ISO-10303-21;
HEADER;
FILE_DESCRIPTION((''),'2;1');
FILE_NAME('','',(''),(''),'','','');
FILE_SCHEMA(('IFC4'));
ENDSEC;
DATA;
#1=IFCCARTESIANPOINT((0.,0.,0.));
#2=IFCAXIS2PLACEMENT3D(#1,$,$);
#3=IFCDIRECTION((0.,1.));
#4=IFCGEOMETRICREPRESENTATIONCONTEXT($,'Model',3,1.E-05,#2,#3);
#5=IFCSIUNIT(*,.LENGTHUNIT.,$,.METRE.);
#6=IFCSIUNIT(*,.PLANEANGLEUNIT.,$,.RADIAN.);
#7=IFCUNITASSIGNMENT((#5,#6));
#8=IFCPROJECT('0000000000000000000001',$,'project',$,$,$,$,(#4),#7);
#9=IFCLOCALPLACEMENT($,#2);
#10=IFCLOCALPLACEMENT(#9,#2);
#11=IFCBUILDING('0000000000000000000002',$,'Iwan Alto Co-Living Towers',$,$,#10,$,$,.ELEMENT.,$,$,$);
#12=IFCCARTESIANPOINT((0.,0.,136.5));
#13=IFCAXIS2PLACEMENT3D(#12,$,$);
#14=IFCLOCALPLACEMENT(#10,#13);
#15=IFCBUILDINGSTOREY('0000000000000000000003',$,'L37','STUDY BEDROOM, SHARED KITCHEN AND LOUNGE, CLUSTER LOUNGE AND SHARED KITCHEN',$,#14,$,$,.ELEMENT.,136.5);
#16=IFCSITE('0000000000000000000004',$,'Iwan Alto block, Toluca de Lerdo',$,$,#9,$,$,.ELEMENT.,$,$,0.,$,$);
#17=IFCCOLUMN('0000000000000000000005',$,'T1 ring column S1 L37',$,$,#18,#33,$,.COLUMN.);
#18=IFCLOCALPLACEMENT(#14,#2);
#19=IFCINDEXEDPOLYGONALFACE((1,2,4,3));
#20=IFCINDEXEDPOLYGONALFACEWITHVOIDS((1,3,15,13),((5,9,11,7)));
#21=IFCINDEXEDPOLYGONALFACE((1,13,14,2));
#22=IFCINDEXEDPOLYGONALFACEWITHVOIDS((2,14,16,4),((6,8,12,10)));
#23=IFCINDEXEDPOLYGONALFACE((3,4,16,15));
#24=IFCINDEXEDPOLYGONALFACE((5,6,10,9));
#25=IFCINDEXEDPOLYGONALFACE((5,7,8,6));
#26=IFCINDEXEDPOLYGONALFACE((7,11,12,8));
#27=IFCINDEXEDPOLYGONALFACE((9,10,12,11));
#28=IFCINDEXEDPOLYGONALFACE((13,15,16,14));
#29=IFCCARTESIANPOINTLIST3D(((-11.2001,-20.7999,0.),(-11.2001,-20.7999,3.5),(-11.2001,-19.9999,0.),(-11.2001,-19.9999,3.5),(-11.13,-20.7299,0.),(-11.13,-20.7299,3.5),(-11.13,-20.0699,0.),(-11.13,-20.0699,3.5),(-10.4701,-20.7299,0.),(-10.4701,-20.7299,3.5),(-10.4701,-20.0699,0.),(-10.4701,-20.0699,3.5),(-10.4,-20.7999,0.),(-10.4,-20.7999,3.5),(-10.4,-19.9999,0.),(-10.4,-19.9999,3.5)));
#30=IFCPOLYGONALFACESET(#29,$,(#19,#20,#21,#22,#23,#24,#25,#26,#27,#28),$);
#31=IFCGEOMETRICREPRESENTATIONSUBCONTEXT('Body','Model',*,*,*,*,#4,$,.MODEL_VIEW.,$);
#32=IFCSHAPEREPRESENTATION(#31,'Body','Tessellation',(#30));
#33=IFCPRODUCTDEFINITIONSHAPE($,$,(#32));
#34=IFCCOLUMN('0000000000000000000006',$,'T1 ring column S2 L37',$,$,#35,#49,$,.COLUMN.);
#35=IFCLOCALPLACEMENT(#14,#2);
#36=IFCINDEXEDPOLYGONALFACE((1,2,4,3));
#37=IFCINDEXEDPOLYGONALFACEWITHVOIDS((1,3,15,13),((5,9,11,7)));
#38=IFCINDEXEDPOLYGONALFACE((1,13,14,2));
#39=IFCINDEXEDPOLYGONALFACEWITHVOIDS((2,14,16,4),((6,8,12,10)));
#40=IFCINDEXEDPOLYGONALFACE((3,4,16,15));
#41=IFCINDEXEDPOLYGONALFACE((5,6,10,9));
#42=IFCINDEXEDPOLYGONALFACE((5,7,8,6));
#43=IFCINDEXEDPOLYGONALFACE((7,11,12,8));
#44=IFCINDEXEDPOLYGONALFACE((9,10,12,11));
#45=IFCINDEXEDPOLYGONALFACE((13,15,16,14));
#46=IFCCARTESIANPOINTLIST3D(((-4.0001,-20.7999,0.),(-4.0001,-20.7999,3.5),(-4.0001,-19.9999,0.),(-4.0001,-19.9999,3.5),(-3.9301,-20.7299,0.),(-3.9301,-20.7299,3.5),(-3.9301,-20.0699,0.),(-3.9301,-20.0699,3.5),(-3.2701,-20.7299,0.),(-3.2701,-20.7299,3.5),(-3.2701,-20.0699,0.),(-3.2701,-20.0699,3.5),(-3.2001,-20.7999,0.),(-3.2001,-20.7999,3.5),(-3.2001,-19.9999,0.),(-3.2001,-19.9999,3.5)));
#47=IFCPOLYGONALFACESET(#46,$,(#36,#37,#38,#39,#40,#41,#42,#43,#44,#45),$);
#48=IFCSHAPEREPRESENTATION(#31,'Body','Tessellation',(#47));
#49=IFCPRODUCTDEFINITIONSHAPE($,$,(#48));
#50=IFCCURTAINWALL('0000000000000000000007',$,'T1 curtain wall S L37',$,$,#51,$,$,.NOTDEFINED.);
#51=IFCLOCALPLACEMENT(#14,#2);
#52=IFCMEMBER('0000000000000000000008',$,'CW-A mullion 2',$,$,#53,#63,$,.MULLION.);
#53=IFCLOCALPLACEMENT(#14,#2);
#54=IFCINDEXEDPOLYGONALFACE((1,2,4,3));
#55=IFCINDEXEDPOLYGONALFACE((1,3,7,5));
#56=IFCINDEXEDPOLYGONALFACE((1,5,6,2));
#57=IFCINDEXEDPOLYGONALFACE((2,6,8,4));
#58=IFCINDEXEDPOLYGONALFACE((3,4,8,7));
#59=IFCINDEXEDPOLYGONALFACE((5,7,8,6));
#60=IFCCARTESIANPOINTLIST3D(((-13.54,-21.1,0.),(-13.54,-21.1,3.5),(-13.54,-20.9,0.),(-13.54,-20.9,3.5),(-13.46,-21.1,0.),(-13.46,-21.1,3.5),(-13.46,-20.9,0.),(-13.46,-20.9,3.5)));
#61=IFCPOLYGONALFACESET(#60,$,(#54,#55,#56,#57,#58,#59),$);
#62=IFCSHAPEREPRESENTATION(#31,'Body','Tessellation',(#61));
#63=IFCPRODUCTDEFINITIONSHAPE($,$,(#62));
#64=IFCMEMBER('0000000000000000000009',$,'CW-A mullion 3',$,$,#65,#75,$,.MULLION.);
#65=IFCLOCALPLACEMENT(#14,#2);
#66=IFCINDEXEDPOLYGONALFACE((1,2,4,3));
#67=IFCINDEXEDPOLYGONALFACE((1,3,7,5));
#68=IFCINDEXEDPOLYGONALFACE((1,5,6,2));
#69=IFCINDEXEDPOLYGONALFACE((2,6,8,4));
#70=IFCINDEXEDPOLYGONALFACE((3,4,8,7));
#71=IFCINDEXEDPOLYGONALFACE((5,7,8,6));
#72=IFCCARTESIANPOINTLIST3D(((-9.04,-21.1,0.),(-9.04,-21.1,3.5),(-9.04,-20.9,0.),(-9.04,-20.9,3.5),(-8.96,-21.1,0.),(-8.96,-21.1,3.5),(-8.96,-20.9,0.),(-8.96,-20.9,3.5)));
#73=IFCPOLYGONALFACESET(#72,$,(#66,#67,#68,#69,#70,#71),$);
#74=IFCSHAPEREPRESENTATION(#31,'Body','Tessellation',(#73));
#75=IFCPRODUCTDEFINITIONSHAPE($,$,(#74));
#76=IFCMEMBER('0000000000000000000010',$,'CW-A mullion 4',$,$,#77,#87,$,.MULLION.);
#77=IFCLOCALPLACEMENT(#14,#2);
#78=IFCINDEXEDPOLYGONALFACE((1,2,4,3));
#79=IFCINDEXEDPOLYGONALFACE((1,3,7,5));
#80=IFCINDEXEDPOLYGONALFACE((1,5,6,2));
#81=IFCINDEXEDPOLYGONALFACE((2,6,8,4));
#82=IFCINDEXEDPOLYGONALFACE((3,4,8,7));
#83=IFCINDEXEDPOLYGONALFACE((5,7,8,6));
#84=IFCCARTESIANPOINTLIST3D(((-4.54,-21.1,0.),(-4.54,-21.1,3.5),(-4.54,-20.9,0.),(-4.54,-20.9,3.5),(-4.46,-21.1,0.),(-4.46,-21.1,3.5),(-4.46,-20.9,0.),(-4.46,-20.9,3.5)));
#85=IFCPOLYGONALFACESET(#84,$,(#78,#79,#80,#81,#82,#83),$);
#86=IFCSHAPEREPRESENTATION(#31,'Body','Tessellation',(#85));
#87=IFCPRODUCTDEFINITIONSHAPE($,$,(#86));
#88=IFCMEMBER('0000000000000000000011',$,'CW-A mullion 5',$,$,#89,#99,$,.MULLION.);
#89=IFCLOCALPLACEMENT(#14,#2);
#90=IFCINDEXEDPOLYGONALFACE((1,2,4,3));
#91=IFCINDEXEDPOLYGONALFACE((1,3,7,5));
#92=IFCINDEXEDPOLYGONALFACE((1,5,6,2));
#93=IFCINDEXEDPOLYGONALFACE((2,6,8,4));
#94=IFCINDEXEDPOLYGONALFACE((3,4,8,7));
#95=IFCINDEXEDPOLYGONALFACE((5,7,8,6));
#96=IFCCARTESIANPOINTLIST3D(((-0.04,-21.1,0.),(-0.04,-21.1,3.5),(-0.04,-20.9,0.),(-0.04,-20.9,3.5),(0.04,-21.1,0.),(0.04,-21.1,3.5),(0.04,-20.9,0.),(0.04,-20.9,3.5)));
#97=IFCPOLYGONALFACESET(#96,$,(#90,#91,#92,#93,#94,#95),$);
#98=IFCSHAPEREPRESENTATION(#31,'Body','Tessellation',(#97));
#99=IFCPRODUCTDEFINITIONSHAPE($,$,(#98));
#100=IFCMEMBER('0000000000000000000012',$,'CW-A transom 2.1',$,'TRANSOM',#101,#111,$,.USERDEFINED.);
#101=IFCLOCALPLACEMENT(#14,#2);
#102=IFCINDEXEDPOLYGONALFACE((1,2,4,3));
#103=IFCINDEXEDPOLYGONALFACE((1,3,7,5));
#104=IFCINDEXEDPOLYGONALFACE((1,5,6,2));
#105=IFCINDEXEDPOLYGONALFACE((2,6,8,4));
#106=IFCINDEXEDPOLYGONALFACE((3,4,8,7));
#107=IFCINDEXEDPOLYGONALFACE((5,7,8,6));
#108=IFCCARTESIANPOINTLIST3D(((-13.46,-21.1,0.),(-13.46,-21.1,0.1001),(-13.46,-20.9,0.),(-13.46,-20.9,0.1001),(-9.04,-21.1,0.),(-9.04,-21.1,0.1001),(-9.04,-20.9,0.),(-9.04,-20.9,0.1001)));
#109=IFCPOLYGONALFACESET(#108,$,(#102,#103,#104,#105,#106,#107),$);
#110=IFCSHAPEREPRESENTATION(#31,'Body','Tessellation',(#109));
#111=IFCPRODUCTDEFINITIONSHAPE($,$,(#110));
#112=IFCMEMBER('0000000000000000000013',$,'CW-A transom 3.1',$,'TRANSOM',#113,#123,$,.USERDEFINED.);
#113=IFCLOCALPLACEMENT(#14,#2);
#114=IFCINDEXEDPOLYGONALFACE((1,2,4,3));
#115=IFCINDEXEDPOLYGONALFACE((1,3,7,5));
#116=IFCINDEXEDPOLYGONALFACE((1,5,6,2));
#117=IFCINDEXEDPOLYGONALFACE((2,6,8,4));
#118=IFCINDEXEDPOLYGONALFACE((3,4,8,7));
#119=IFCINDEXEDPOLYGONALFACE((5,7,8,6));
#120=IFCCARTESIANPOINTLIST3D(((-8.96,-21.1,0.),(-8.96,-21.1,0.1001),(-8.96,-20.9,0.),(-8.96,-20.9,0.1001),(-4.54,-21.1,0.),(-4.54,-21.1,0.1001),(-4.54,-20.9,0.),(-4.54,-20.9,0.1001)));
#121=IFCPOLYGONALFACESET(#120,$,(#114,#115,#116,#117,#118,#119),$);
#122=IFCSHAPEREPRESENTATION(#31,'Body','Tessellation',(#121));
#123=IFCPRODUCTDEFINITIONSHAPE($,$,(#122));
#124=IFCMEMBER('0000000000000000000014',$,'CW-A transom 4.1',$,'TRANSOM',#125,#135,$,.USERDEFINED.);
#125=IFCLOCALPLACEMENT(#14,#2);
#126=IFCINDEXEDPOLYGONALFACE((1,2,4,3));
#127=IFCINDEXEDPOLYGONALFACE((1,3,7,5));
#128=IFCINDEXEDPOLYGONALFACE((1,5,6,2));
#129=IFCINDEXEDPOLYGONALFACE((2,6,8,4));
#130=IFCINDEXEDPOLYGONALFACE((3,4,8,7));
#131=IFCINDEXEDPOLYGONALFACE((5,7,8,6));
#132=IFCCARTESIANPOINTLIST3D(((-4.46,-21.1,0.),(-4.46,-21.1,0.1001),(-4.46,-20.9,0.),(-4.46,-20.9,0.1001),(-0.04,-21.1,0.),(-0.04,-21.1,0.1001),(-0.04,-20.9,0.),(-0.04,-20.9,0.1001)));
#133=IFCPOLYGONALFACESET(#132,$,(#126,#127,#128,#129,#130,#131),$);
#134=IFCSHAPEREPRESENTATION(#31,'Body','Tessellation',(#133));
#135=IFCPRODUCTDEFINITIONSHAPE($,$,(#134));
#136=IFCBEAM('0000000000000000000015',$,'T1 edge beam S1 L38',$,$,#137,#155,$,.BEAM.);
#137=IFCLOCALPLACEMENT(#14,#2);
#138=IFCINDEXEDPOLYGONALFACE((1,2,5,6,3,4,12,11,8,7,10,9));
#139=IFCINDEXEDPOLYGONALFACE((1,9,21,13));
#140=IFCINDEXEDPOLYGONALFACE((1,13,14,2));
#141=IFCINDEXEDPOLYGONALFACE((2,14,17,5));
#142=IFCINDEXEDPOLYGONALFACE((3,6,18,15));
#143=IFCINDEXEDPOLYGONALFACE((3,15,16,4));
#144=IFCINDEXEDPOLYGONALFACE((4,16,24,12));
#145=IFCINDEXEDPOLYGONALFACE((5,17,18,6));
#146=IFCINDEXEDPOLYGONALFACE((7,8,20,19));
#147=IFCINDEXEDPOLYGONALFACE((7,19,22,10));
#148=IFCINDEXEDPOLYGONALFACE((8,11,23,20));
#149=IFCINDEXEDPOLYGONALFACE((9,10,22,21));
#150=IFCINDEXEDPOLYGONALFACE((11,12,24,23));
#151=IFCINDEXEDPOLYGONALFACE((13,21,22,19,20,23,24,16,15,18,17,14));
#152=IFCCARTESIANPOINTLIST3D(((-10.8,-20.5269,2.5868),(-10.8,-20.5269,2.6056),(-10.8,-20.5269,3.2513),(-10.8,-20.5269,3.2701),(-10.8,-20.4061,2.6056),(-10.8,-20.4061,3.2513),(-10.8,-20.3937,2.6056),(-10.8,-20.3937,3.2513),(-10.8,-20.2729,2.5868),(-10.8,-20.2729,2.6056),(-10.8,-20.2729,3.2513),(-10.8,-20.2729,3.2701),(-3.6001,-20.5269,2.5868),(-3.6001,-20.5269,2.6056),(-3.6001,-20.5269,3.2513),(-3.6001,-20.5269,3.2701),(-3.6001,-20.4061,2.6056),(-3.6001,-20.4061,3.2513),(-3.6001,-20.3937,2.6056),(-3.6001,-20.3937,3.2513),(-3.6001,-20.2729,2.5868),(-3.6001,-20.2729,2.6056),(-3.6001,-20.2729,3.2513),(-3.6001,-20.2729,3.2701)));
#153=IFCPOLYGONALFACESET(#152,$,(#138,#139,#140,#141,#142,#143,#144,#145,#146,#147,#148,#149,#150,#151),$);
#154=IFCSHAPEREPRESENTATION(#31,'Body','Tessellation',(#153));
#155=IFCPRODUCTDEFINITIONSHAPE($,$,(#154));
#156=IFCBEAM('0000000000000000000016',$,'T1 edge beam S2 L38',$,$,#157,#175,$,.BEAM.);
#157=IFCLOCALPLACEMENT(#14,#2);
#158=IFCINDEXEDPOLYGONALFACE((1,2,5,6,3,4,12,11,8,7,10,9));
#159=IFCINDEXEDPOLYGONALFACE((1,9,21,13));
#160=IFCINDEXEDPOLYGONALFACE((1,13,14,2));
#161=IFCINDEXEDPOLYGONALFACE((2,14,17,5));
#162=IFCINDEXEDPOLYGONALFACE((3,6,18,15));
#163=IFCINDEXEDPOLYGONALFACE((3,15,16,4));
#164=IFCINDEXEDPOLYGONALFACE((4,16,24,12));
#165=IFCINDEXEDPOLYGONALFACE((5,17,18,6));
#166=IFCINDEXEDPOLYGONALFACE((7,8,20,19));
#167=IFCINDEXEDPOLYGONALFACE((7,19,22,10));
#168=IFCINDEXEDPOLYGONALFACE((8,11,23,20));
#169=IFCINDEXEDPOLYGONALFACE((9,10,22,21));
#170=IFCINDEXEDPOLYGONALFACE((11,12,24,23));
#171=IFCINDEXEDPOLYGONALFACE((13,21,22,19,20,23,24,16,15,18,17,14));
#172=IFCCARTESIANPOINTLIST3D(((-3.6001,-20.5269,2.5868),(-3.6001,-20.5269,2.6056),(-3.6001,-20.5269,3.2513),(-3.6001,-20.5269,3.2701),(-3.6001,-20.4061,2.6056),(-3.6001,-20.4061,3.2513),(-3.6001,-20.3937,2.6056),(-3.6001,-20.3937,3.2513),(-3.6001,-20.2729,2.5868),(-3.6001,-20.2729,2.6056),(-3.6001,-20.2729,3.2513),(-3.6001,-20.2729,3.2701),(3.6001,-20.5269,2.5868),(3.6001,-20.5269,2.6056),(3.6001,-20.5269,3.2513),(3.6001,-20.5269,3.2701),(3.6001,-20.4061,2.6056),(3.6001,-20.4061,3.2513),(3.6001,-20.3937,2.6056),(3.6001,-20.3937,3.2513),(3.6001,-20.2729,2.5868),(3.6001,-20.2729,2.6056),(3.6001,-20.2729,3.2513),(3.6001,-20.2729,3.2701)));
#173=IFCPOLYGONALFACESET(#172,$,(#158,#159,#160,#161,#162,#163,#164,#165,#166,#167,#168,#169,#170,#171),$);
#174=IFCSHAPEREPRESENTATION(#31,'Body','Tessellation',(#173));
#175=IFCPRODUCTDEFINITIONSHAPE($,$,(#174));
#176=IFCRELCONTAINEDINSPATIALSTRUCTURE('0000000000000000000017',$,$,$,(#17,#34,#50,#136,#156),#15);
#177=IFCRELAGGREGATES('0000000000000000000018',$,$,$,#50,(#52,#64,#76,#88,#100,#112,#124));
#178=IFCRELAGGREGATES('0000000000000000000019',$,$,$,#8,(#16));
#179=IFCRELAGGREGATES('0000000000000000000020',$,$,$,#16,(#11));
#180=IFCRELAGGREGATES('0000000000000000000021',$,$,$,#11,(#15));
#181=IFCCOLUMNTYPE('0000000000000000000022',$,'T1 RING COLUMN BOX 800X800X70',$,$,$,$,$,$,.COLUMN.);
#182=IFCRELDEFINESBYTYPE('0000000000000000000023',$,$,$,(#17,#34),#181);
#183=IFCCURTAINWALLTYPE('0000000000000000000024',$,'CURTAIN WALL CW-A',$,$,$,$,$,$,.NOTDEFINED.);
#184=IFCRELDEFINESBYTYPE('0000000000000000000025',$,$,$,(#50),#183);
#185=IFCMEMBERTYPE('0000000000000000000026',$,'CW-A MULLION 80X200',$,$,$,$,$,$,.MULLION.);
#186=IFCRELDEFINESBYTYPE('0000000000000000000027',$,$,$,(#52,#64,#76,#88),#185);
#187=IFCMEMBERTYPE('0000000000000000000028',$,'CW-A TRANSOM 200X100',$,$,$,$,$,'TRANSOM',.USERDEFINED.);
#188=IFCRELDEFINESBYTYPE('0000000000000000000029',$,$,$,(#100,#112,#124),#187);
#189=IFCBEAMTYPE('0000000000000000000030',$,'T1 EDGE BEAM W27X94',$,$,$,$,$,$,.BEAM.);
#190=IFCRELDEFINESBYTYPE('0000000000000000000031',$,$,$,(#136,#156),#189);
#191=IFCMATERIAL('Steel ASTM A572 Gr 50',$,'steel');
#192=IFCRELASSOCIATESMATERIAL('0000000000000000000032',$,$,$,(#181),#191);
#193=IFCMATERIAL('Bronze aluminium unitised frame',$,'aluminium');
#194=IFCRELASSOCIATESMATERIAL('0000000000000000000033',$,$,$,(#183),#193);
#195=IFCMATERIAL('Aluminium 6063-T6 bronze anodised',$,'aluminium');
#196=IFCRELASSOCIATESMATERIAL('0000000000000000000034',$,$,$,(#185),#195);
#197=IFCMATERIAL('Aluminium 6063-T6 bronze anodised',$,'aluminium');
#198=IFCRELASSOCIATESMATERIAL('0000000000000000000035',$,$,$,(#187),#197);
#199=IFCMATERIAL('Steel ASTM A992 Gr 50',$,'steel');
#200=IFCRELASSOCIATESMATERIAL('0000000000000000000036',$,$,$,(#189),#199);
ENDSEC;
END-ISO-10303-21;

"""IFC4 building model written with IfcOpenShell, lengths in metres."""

from ifc_helpers import new_model, si_unit, direction, frame, origin, origin_2d, place, context, subcontext, project, spatial, rectangle, hollow_rectangle, i_section, extrude, material, material_profile, profile_set, type_object, element, aggregate, save


model = new_model("IFC4")

# Units and contexts
model_context = context("Model", 3, precision=1e-05, world=origin(), true_north=direction((0.0, 1.0)))
body_context = subcontext(model_context, "Body", "Model", "MODEL_VIEW")
ifc_project = project(units=[si_unit("LENGTHUNIT", "METRE"), si_unit("PLANEANGLEUNIT", "RADIAN")], contexts=[model_context])

# Site, building, storey
site_placement = place(None, origin())
site = spatial("IfcSite", under=ifc_project, at=site_placement, Name="Iwan Alto block, Toluca de Lerdo", CompositionType="ELEMENT", RefElevation=0.0)
building_placement = place(site_placement, origin())
building = spatial("IfcBuilding", under=site, at=building_placement, Name="Iwan Alto Co-Living Towers", CompositionType="ELEMENT")
storey_placement = place(building_placement, frame((0.0, 0.0, 136.5)))
storey = spatial("IfcBuildingStorey", under=building, at=storey_placement, Name="L37", Description="STUDY BEDROOM, SHARED KITCHEN AND LOUNGE, CLUSTER LOUNGE AND SHARED KITCHEN", CompositionType="ELEMENT", Elevation=136.5)

# Columns
ifc_material_1 = material(Name="Steel ASTM A572 Gr 50", Category="steel")
ifc_material_profile_1 = material_profile(ifc_material_1, hollow_rectangle(XDim=0.8, YDim=0.8, WallThickness=0.0701, at=origin_2d()), Name="BOX 800X800X70")
ifc_profile_set_1 = profile_set([ifc_material_profile_1], Name="Steel ASTM A572 Gr 50")
column_type = type_object("IfcColumnType", Name="T1 RING COLUMN BOX 800X800X70", PredefinedType="COLUMN", material=ifc_profile_set_1)
for number, where, z_axis, x_axis, name in (
    (1, (-10.8, -20.3999, 0.0), (0.0, 0.0, 1.0), (1.0, 0.0, 0.0), "T1 ring column S1 L37"),
    (2, (-3.6001, -20.3999, 0.0), (0.0, 0.0, 1.0), (1.0, 0.0, 0.0), "T1 ring column S2 L37"),
):
    element("IfcColumn", number, at=place(storey_placement, frame(where, z_axis=z_axis, x_axis=x_axis)), inside=storey, type_object=column_type, Name=name, PredefinedType="COLUMN", context=body_context, shape_type="SweptSolid", body=[
        extrude(hollow_rectangle(XDim=0.8, YDim=0.8, WallThickness=0.0701, at=origin_2d()), origin(), (0.0, 0.0, 1.0), 3.5),
    ])

# Curtain wall, members
ifc_material_2 = material(Name="Bronze aluminium unitised frame", Category="aluminium")
curtain_wall_type = type_object("IfcCurtainWallType", Name="CURTAIN WALL CW-A", PredefinedType="NOTDEFINED", material=ifc_material_2)
curtain_wall_placement = place(storey_placement, origin())
curtain_wall = element("IfcCurtainWall", 3, at=curtain_wall_placement, inside=storey, type_object=curtain_wall_type, Name="T1 curtain wall S L37", PredefinedType="NOTDEFINED")
ifc_material_3 = material(Name="Aluminium 6063-T6 bronze anodised", Category="aluminium")
ifc_material_profile_2 = material_profile(ifc_material_3, rectangle(XDim=0.2, YDim=0.0801, at=origin_2d()), Name="AL 80X200")
ifc_profile_set_2 = profile_set([ifc_material_profile_2], Name="Aluminium 6063-T6 bronze anodised")
member_type_1 = type_object("IfcMemberType", Name="CW-A MULLION 80X200", PredefinedType="MULLION", material=ifc_profile_set_2)
member_1_placement = place(storey_placement, frame((-13.5, -21.0, 0.0), z_axis=(0.0, 0.0, 1.0), x_axis=(0.0, 1.0, 0.0)))
member_1 = element("IfcMember", 4, at=member_1_placement, type_object=member_type_1, Name="CW-A mullion 2", PredefinedType="MULLION", context=body_context, shape_type="SweptSolid", body=[
    extrude(rectangle(XDim=0.2, YDim=0.0801, at=origin_2d()), origin(), (0.0, 0.0, 1.0), 3.5),
])
member_2_placement = place(storey_placement, frame((-9.0, -21.0, 0.0), z_axis=(0.0, 0.0, 1.0), x_axis=(0.0, 1.0, 0.0)))
member_2 = element("IfcMember", 5, at=member_2_placement, type_object=member_type_1, Name="CW-A mullion 3", PredefinedType="MULLION", context=body_context, shape_type="SweptSolid", body=[
    extrude(rectangle(XDim=0.2, YDim=0.0801, at=origin_2d()), origin(), (0.0, 0.0, 1.0), 3.5),
])
member_3_placement = place(storey_placement, frame((-4.5, -21.0, 0.0), z_axis=(0.0, 0.0, 1.0), x_axis=(0.0, 1.0, 0.0)))
member_3 = element("IfcMember", 6, at=member_3_placement, type_object=member_type_1, Name="CW-A mullion 4", PredefinedType="MULLION", context=body_context, shape_type="SweptSolid", body=[
    extrude(rectangle(XDim=0.2, YDim=0.0801, at=origin_2d()), origin(), (0.0, 0.0, 1.0), 3.5),
])
member_4_placement = place(storey_placement, frame((0.0, -21.0, 0.0), z_axis=(0.0, 0.0, 1.0), x_axis=(0.0, 1.0, 0.0)))
member_4 = element("IfcMember", 7, at=member_4_placement, type_object=member_type_1, Name="CW-A mullion 5", PredefinedType="MULLION", context=body_context, shape_type="SweptSolid", body=[
    extrude(rectangle(XDim=0.2, YDim=0.0801, at=origin_2d()), origin(), (0.0, 0.0, 1.0), 3.5),
])
ifc_material_4 = material(Name="Aluminium 6063-T6 bronze anodised", Category="aluminium")
ifc_material_profile_3 = material_profile(ifc_material_4, rectangle(XDim=0.2, YDim=0.1001, at=origin_2d()), Name="AL 200X100")
ifc_profile_set_3 = profile_set([ifc_material_profile_3], Name="Aluminium 6063-T6 bronze anodised")
member_type_2 = type_object("IfcMemberType", Name="CW-A TRANSOM 200X100", ElementType="TRANSOM", PredefinedType="USERDEFINED", material=ifc_profile_set_3)
member_5_placement = place(storey_placement, frame((-13.46, -21.0, 0.05), z_axis=(1.0, 0.0, 0.0), x_axis=(0.0, 1.0, 0.0)))
member_5 = element("IfcMember", 8, at=member_5_placement, type_object=member_type_2, Name="CW-A transom 2.1", ObjectType="TRANSOM", PredefinedType="USERDEFINED", context=body_context, shape_type="SweptSolid", body=[
    extrude(rectangle(XDim=0.2, YDim=0.1001, at=origin_2d()), origin(), (0.0, 0.0, 1.0), 4.4199),
])
member_6_placement = place(storey_placement, frame((-8.96, -21.0, 0.05), z_axis=(1.0, 0.0, 0.0), x_axis=(0.0, 1.0, 0.0)))
member_6 = element("IfcMember", 9, at=member_6_placement, type_object=member_type_2, Name="CW-A transom 3.1", ObjectType="TRANSOM", PredefinedType="USERDEFINED", context=body_context, shape_type="SweptSolid", body=[
    extrude(rectangle(XDim=0.2, YDim=0.1001, at=origin_2d()), origin(), (0.0, 0.0, 1.0), 4.4199),
])
member_7_placement = place(storey_placement, frame((-4.46, -21.0, 0.05), z_axis=(1.0, 0.0, 0.0), x_axis=(0.0, 1.0, 0.0)))
member_7 = element("IfcMember", 10, at=member_7_placement, type_object=member_type_2, Name="CW-A transom 4.1", ObjectType="TRANSOM", PredefinedType="USERDEFINED", context=body_context, shape_type="SweptSolid", body=[
    extrude(rectangle(XDim=0.2, YDim=0.1001, at=origin_2d()), origin(), (0.0, 0.0, 1.0), 4.4199),
])

# Beams
ifc_material_5 = material(Name="Steel ASTM A992 Gr 50", Category="steel")
ifc_material_profile_4 = material_profile(ifc_material_5, i_section(OverallWidth=0.2539, OverallDepth=0.6833, WebThickness=0.0125, FlangeThickness=0.0188, at=origin_2d()), Name="W27X94")
ifc_profile_set_4 = profile_set([ifc_material_profile_4], Name="Steel ASTM A992 Gr 50")
beam_type_1 = type_object("IfcBeamType", Name="T1 EDGE BEAM W27X94", PredefinedType="BEAM", material=ifc_profile_set_4)
beam_1_placement = place(storey_placement, frame((-10.8, -20.3999, 2.9285), z_axis=(1.0, 0.0, 0.0), x_axis=(0.0, 1.0, 0.0)))
element("IfcBeam", 11, at=beam_1_placement, inside=storey, type_object=beam_type_1, Name="T1 edge beam S1 L38", PredefinedType="BEAM", context=body_context, shape_type="SweptSolid", body=[
    extrude(i_section(OverallWidth=0.2539, OverallDepth=0.6833, WebThickness=0.0125, FlangeThickness=0.0188, at=origin_2d()), origin(), (0.0, 0.0, 1.0), 7.2),
])
beam_2_placement = place(storey_placement, frame((-3.6001, -20.3999, 2.9285), z_axis=(1.0, 0.0, 0.0), x_axis=(0.0, 1.0, 0.0)))
element("IfcBeam", 12, at=beam_2_placement, inside=storey, type_object=beam_type_1, Name="T1 edge beam S2 L38", PredefinedType="BEAM", context=body_context, shape_type="SweptSolid", body=[
    extrude(i_section(OverallWidth=0.2539, OverallDepth=0.6833, WebThickness=0.0125, FlangeThickness=0.0188, at=origin_2d()), origin(), (0.0, 0.0, 1.0), 7.2002),
])

aggregate(curtain_wall, [member_1, member_2, member_3, member_4, member_5, member_6, member_7])

save(model, "model.ifc")
